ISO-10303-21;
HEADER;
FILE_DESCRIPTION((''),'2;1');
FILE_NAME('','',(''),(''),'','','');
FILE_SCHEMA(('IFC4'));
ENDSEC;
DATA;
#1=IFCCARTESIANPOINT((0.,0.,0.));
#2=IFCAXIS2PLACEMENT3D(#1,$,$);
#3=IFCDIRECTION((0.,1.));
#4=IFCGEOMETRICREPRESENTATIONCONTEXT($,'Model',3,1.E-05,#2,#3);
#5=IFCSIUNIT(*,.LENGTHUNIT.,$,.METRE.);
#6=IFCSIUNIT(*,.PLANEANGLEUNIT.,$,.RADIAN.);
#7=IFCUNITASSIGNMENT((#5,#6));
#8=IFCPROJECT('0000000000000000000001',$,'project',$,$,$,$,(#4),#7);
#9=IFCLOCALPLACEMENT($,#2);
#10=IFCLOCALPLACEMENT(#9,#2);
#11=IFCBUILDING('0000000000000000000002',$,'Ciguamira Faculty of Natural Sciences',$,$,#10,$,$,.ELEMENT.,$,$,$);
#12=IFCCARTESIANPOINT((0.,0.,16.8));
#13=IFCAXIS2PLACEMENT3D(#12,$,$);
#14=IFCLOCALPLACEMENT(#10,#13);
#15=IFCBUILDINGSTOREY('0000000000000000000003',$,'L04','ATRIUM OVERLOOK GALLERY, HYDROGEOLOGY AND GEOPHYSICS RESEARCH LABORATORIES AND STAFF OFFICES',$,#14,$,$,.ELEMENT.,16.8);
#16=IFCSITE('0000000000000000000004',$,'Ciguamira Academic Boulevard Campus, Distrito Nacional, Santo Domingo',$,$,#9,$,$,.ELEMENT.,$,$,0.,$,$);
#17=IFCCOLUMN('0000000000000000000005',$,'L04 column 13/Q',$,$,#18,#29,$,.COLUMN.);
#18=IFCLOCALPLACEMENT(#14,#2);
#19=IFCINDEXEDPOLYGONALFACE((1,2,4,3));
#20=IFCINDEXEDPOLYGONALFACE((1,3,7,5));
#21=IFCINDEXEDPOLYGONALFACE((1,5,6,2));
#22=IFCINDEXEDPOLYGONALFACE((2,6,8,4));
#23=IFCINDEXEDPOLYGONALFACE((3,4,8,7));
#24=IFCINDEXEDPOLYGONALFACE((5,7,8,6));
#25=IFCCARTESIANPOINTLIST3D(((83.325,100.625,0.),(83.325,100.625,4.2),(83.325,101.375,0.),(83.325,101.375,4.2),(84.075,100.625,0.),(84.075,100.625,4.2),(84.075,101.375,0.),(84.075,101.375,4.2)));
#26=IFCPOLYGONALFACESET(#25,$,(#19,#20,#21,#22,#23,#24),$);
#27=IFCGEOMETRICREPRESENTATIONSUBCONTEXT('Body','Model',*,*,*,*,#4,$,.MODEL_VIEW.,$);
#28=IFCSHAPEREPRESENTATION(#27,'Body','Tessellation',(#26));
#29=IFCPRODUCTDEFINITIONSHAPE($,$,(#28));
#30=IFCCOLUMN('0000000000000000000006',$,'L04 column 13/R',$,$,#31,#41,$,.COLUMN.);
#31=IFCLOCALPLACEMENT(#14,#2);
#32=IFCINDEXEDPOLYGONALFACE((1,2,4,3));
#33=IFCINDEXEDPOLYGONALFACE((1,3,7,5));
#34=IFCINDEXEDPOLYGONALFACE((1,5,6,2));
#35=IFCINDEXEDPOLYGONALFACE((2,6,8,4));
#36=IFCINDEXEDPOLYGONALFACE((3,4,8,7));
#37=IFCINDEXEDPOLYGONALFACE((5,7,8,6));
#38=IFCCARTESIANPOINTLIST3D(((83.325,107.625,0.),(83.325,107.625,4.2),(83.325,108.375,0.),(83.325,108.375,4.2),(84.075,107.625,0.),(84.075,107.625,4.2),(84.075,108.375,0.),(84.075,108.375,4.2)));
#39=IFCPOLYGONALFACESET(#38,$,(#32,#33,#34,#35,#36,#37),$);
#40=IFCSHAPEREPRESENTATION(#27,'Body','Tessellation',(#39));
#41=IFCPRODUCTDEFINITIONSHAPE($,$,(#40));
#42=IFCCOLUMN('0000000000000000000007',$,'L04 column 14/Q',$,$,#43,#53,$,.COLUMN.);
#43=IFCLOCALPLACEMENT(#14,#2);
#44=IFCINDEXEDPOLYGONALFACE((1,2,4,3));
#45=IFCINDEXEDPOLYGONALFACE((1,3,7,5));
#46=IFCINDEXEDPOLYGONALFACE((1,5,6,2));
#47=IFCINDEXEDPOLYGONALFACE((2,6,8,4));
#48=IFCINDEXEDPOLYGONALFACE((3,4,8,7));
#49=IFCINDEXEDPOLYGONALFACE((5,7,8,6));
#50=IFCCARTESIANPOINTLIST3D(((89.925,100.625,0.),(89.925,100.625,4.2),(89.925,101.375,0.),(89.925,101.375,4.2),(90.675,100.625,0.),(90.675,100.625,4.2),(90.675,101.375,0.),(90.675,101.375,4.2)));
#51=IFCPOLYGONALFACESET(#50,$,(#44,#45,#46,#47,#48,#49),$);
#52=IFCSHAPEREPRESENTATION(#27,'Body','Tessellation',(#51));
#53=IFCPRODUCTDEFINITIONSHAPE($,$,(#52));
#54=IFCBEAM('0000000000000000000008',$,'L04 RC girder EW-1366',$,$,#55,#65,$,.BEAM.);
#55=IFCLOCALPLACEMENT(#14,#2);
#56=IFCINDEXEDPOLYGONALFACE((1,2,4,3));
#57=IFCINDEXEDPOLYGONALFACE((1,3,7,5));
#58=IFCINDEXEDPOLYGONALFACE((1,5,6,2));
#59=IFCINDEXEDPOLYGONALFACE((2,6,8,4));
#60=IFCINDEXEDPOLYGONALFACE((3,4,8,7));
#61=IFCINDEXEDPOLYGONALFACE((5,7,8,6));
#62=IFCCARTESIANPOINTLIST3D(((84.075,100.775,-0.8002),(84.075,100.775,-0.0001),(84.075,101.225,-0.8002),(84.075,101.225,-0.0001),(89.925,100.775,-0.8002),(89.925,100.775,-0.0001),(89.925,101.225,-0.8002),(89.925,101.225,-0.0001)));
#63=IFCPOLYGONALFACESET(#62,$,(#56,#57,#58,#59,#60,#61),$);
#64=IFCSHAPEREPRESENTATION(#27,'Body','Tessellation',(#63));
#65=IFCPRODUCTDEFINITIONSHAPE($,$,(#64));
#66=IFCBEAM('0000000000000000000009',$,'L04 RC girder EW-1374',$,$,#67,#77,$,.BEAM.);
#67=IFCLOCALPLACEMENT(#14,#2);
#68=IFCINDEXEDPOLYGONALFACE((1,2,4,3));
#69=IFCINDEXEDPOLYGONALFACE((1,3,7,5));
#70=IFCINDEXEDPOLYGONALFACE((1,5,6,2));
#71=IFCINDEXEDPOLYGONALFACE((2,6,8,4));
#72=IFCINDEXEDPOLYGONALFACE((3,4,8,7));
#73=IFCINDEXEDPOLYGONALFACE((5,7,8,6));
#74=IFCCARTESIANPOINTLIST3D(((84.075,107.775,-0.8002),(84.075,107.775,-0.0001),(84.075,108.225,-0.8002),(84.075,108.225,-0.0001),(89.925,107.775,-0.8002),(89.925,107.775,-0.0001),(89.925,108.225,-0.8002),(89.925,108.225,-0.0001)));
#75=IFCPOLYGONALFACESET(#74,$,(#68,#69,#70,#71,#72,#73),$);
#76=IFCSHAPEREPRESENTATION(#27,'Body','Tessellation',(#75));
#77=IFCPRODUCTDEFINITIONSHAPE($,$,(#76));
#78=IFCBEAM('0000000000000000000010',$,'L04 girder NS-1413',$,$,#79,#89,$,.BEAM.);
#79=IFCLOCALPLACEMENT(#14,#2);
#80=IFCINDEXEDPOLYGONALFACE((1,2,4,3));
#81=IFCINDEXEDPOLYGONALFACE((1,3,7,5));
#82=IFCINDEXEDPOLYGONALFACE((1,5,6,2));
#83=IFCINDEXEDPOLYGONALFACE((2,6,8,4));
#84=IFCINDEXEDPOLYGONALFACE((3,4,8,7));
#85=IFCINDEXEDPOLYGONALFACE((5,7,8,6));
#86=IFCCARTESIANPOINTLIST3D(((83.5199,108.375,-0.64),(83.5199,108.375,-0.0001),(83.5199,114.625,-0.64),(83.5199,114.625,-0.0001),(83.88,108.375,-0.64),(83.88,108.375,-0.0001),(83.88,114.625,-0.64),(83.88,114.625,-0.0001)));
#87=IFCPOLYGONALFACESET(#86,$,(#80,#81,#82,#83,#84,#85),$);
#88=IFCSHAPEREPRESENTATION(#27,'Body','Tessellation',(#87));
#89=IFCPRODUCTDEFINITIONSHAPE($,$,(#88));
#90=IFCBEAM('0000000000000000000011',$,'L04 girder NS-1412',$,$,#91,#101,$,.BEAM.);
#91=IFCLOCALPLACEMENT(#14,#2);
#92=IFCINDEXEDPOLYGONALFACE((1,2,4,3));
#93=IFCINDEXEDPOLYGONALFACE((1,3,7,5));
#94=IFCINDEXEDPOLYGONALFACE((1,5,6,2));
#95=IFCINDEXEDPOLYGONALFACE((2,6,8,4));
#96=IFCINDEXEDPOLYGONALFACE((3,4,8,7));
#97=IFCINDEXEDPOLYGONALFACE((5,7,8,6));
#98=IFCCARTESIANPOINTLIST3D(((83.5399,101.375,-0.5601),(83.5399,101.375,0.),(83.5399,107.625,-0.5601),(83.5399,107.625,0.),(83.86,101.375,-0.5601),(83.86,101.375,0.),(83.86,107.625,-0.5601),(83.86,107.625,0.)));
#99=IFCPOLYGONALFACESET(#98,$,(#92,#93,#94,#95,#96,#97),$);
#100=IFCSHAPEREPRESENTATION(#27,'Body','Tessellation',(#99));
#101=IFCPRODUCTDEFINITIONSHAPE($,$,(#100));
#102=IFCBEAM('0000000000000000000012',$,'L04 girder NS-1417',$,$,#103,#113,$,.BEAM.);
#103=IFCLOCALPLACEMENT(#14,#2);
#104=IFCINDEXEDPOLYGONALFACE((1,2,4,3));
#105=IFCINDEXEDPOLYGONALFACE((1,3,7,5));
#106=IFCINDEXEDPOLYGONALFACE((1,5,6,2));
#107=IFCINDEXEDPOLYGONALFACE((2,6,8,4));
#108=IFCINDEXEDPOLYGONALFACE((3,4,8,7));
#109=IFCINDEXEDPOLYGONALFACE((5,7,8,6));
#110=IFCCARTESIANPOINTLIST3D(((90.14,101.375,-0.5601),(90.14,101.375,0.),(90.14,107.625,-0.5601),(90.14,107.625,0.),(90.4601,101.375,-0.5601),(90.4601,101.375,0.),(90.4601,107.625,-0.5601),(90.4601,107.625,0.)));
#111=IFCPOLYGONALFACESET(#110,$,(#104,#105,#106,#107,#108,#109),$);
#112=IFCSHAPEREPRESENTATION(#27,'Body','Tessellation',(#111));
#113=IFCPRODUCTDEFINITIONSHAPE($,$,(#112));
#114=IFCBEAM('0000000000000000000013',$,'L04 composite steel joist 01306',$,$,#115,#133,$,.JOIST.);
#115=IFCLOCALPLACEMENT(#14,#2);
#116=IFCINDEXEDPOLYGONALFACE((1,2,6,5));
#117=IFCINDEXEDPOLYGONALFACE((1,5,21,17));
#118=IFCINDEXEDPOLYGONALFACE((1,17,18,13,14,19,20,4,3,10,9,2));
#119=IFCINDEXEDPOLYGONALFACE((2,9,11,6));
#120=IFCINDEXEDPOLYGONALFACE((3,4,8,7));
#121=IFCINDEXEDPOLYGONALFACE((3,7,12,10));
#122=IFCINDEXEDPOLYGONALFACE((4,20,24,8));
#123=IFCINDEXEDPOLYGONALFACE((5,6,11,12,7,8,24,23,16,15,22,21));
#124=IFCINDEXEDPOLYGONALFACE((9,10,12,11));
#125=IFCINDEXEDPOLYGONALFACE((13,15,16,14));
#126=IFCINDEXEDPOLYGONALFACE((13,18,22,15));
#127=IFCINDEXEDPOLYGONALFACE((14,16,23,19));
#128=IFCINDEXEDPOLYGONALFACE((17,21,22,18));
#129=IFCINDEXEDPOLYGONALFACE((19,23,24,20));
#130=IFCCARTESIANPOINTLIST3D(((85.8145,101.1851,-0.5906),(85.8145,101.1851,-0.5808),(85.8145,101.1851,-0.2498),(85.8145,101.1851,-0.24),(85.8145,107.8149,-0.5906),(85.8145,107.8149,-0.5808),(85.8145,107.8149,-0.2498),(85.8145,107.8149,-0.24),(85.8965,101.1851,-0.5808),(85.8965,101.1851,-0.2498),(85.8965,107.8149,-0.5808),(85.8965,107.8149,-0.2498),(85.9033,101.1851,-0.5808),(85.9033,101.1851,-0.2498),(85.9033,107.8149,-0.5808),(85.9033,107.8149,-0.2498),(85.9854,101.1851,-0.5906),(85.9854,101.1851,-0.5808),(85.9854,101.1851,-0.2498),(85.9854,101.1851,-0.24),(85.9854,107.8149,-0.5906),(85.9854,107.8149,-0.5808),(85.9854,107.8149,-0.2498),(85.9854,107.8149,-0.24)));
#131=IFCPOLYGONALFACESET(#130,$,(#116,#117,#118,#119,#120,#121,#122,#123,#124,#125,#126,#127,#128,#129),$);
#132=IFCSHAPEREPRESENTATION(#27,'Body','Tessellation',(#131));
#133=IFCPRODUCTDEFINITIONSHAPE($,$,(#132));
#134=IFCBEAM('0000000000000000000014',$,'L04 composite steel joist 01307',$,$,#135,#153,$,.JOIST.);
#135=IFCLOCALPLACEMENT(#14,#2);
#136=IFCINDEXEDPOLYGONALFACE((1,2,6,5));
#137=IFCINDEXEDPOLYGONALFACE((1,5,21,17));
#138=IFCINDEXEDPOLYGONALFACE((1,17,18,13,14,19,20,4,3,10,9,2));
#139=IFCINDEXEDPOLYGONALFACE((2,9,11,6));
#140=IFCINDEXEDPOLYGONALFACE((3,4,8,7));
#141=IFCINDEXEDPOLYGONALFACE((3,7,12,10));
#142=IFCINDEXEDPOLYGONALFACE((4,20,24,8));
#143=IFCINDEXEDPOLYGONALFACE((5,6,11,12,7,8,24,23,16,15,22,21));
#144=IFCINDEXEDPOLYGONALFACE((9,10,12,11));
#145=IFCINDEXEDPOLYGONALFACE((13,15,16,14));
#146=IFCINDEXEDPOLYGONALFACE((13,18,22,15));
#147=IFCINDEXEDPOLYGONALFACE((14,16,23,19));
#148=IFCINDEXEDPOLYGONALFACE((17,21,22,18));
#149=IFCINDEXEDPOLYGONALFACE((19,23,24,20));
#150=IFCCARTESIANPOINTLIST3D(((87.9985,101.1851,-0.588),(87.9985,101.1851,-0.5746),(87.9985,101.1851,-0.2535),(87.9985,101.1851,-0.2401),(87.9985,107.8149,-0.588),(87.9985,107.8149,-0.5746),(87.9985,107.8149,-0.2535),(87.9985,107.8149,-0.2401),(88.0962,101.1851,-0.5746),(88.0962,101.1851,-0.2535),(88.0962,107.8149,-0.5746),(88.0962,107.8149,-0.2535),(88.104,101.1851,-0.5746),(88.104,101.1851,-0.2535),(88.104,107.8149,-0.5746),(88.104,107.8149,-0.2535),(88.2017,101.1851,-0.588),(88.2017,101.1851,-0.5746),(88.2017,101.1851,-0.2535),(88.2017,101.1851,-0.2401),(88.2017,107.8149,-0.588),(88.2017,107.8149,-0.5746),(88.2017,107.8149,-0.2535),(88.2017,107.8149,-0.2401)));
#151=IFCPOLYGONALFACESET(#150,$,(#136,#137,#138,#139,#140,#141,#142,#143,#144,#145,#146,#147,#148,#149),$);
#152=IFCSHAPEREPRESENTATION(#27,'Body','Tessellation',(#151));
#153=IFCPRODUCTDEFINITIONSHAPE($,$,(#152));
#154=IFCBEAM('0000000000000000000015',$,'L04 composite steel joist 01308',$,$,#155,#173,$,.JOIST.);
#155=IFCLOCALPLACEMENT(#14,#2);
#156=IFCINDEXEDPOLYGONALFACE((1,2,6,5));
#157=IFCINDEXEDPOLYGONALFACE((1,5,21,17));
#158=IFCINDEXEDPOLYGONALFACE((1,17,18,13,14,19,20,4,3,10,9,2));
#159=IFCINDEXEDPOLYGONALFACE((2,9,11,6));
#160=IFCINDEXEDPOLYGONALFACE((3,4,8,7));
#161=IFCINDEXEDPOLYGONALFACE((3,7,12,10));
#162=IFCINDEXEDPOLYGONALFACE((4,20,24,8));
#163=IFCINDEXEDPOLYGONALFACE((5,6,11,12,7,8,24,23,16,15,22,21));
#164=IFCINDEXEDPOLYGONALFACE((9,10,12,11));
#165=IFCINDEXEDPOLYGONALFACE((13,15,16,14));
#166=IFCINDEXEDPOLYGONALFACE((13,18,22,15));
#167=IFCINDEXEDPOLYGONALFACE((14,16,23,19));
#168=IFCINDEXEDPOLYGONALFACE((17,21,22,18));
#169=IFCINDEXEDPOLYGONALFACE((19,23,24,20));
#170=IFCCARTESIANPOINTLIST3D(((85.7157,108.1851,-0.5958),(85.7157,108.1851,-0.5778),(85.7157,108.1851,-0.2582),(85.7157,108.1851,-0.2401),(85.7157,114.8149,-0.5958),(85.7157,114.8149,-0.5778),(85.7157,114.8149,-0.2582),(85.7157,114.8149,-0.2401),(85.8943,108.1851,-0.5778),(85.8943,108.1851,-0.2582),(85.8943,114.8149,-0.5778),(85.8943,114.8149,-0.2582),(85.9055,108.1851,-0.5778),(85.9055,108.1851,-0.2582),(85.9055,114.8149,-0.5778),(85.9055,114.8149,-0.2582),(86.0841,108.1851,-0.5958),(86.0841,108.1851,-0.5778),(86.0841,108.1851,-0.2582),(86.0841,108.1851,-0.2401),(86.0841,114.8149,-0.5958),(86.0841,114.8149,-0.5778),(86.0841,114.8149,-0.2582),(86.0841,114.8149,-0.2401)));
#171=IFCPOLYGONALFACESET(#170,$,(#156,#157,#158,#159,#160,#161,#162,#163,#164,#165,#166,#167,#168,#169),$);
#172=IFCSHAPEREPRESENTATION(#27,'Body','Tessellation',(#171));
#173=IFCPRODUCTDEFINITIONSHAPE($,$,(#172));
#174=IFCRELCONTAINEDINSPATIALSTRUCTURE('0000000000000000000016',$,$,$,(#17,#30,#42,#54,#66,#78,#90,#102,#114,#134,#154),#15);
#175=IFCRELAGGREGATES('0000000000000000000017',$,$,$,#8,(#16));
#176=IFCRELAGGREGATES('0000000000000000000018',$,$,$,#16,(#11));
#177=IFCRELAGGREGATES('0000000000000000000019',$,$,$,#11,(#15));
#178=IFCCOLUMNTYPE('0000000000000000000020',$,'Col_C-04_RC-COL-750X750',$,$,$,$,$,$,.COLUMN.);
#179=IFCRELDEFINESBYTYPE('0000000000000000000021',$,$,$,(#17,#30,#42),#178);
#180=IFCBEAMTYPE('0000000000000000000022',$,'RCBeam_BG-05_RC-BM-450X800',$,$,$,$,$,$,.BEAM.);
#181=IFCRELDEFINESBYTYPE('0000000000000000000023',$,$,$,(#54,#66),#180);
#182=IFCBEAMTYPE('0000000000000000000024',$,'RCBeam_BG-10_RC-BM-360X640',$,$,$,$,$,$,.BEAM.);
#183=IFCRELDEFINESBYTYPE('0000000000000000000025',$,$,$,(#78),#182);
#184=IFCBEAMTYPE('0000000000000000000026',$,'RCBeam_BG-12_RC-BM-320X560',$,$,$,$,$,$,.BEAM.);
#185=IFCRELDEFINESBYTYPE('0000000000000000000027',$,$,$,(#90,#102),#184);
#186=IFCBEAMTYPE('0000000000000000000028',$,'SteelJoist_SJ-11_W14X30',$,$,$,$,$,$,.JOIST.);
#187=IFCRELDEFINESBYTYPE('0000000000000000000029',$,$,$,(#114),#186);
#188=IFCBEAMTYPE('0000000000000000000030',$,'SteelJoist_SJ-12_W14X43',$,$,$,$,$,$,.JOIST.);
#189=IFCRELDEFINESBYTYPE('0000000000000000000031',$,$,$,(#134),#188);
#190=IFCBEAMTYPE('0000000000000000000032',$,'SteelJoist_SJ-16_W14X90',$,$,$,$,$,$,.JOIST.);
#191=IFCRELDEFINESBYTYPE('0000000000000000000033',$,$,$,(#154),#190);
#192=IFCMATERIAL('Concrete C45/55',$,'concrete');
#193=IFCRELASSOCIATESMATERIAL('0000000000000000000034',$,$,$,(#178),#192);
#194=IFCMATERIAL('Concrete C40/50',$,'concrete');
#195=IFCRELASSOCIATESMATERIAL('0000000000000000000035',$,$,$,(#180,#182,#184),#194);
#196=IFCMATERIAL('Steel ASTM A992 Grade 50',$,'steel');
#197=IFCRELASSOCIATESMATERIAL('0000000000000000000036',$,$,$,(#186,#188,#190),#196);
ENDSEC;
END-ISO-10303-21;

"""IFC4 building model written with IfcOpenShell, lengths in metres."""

from ifc_helpers import new_model, si_unit, direction, frame, origin, origin_2d, place, context, subcontext, project, spatial, rectangle, i_section, extrude, material, material_profile, profile_set, type_object, element, save


model = new_model("IFC4")

# Units and contexts
model_context = context("Model", 3, precision=1e-05, world=origin(), true_north=direction((0.0, 1.0)))
body_context = subcontext(model_context, "Body", "Model", "MODEL_VIEW")
ifc_project = project(units=[si_unit("LENGTHUNIT", "METRE"), si_unit("PLANEANGLEUNIT", "RADIAN")], contexts=[model_context])

# Site, building, storey
site_placement = place(None, origin())
site = spatial("IfcSite", under=ifc_project, at=site_placement, Name="Ciguamira Academic Boulevard Campus, Distrito Nacional, Santo Domingo", CompositionType="ELEMENT", RefElevation=0.0)
building_placement = place(site_placement, origin())
building = spatial("IfcBuilding", under=site, at=building_placement, Name="Ciguamira Faculty of Natural Sciences", CompositionType="ELEMENT")
storey_placement = place(building_placement, frame((0.0, 0.0, 16.8)))
storey = spatial("IfcBuildingStorey", under=building, at=storey_placement, Name="L04", Description="ATRIUM OVERLOOK GALLERY, HYDROGEOLOGY AND GEOPHYSICS RESEARCH LABORATORIES AND STAFF OFFICES", CompositionType="ELEMENT", Elevation=16.8)

# Columns
ifc_material_1 = material(Name="Concrete C45/55", Category="concrete")
ifc_material_profile_1 = material_profile(ifc_material_1, rectangle(XDim=0.75, YDim=0.75, at=origin_2d()), Name="RC-COL-750X750")
ifc_profile_set_1 = profile_set([ifc_material_profile_1], Name="Concrete C45/55")
column_type = type_object("IfcColumnType", Name="Col_C-04_RC-COL-750X750", PredefinedType="COLUMN", material=ifc_profile_set_1)
for number, where, z_axis, x_axis, name in (
    (1, (83.7, 101.0, 0.0), (0.0, 0.0, 1.0), (1.0, 0.0, 0.0), "L04 column 13/Q"),
    (2, (83.7, 108.0, 0.0), (0.0, 0.0, 1.0), (1.0, 0.0, 0.0), "L04 column 13/R"),
    (3, (90.3, 101.0, 0.0), (0.0, 0.0, 1.0), (1.0, 0.0, 0.0), "L04 column 14/Q"),
):
    element("IfcColumn", number, at=place(storey_placement, frame(where, z_axis=z_axis, x_axis=x_axis)), inside=storey, type_object=column_type, Name=name, PredefinedType="COLUMN", context=body_context, shape_type="SweptSolid", body=[
        extrude(rectangle(XDim=0.75, YDim=0.75, at=origin_2d()), origin(), (0.0, 0.0, 1.0), 4.2),
    ])

# Beams
ifc_material_2 = material(Name="Concrete C40/50", Category="concrete")
ifc_material_profile_2 = material_profile(ifc_material_2, rectangle(XDim=0.45, YDim=0.8, at=origin_2d()), Name="RC-BM-450X800")
ifc_profile_set_2 = profile_set([ifc_material_profile_2], Name="Concrete C40/50")
beam_type_1 = type_object("IfcBeamType", Name="RCBeam_BG-05_RC-BM-450X800", PredefinedType="BEAM", material=ifc_profile_set_2)
for number, where, z_axis, x_axis, name in (
    (4, (84.075, 101.0, -0.4001), (1.0, 0.0, 0.0), (0.0, 1.0, 0.0), "L04 RC girder EW-1366"),
    (5, (84.075, 108.0, -0.4001), (1.0, 0.0, 0.0), (0.0, 1.0, 0.0), "L04 RC girder EW-1374"),
):
    element("IfcBeam", number, at=place(storey_placement, frame(where, z_axis=z_axis, x_axis=x_axis)), inside=storey, type_object=beam_type_1, Name=name, PredefinedType="BEAM", context=body_context, shape_type="SweptSolid", body=[
        extrude(rectangle(XDim=0.45, YDim=0.8, at=origin_2d()), origin(), (0.0, 0.0, 1.0), 5.8501),
    ])
ifc_material_profile_3 = material_profile(ifc_material_2, rectangle(XDim=0.3601, YDim=0.6399, at=origin_2d()), Name="RC-BM-360X640")
ifc_profile_set_3 = profile_set([ifc_material_profile_3], Name="Concrete C40/50")
beam_type_2 = type_object("IfcBeamType", Name="RCBeam_BG-10_RC-BM-360X640", PredefinedType="BEAM", material=ifc_profile_set_3)
beam_1_placement = place(storey_placement, frame((83.7, 108.375, -0.3201), z_axis=(0.0, 1.0, 0.0), x_axis=(-1.0, 0.0, 0.0)))
element("IfcBeam", 6, at=beam_1_placement, inside=storey, type_object=beam_type_2, Name="L04 girder NS-1413", PredefinedType="BEAM", context=body_context, shape_type="SweptSolid", body=[
    extrude(rectangle(XDim=0.3601, YDim=0.6399, at=origin_2d()), origin(), (0.0, 0.0, 1.0), 6.25),
])
ifc_material_profile_4 = material_profile(ifc_material_2, rectangle(XDim=0.3201, YDim=0.5601, at=origin_2d()), Name="RC-BM-320X560")
ifc_profile_set_4 = profile_set([ifc_material_profile_4], Name="Concrete C40/50")
beam_type_3 = type_object("IfcBeamType", Name="RCBeam_BG-12_RC-BM-320X560", PredefinedType="BEAM", material=ifc_profile_set_4)
for number, where, z_axis, x_axis, name in (
    (7, (83.7, 101.375, -0.28), (0.0, 1.0, 0.0), (-1.0, 0.0, 0.0), "L04 girder NS-1412"),
    (8, (90.3, 101.375, -0.28), (0.0, 1.0, 0.0), (-1.0, 0.0, 0.0), "L04 girder NS-1417"),
):
    element("IfcBeam", number, at=place(storey_placement, frame(where, z_axis=z_axis, x_axis=x_axis)), inside=storey, type_object=beam_type_3, Name=name, PredefinedType="BEAM", context=body_context, shape_type="SweptSolid", body=[
        extrude(rectangle(XDim=0.3201, YDim=0.5601, at=origin_2d()), origin(), (0.0, 0.0, 1.0), 6.25),
    ])
ifc_material_3 = material(Name="Steel ASTM A992 Grade 50", Category="steel")
ifc_material_profile_5 = material_profile(ifc_material_3, i_section(OverallWidth=0.1709, OverallDepth=0.3506, WebThickness=0.0068, FlangeThickness=0.0098, at=origin_2d()), Name="W14X30")
ifc_profile_set_5 = profile_set([ifc_material_profile_5], Name="Steel ASTM A992 Grade 50")
beam_type_4 = type_object("IfcBeamType", Name="SteelJoist_SJ-11_W14X30", PredefinedType="JOIST", material=ifc_profile_set_5)
beam_2_placement = place(storey_placement, frame((85.8999, 101.1851, -0.4153), z_axis=(0.0, 1.0, 0.0), x_axis=(-1.0, 0.0, 0.0)))
element("IfcBeam", 9, at=beam_2_placement, inside=storey, type_object=beam_type_4, Name="L04 composite steel joist 01306", PredefinedType="JOIST", context=body_context, shape_type="SweptSolid", body=[
    extrude(i_section(OverallWidth=0.1709, OverallDepth=0.3506, WebThickness=0.0068, FlangeThickness=0.0098, at=origin_2d()), origin(), (0.0, 0.0, 1.0), 6.6299),
])
ifc_material_profile_6 = material_profile(ifc_material_3, i_section(OverallWidth=0.2031, OverallDepth=0.3479, WebThickness=0.0078, FlangeThickness=0.0134, at=origin_2d()), Name="W14X43")
ifc_profile_set_6 = profile_set([ifc_material_profile_6], Name="Steel ASTM A992 Grade 50")
beam_type_5 = type_object("IfcBeamType", Name="SteelJoist_SJ-12_W14X43", PredefinedType="JOIST", material=ifc_profile_set_6)
beam_3_placement = place(storey_placement, frame((88.1001, 101.1851, -0.4141), z_axis=(0.0, 1.0, 0.0), x_axis=(-1.0, 0.0, 0.0)))
element("IfcBeam", 10, at=beam_3_placement, inside=storey, type_object=beam_type_5, Name="L04 composite steel joist 01307", PredefinedType="JOIST", context=body_context, shape_type="SweptSolid", body=[
    extrude(i_section(OverallWidth=0.2031, OverallDepth=0.3479, WebThickness=0.0078, FlangeThickness=0.0134, at=origin_2d()), origin(), (0.0, 0.0, 1.0), 6.6299),
])
ifc_material_profile_7 = material_profile(ifc_material_3, i_section(OverallWidth=0.3684, OverallDepth=0.3557, WebThickness=0.0112, FlangeThickness=0.0181, at=origin_2d()), Name="W14X90")
ifc_profile_set_7 = profile_set([ifc_material_profile_7], Name="Steel ASTM A992 Grade 50")
beam_type_6 = type_object("IfcBeamType", Name="SteelJoist_SJ-16_W14X90", PredefinedType="JOIST", material=ifc_profile_set_7)
beam_4_placement = place(storey_placement, frame((85.8999, 108.1851, -0.418), z_axis=(0.0, 1.0, 0.0), x_axis=(-1.0, 0.0, 0.0)))
element("IfcBeam", 11, at=beam_4_placement, inside=storey, type_object=beam_type_6, Name="L04 composite steel joist 01308", PredefinedType="JOIST", context=body_context, shape_type="SweptSolid", body=[
    extrude(i_section(OverallWidth=0.3684, OverallDepth=0.3557, WebThickness=0.0112, FlangeThickness=0.0181, at=origin_2d()), origin(), (0.0, 0.0, 1.0), 6.6299),
])

save(model, "model.ifc")
